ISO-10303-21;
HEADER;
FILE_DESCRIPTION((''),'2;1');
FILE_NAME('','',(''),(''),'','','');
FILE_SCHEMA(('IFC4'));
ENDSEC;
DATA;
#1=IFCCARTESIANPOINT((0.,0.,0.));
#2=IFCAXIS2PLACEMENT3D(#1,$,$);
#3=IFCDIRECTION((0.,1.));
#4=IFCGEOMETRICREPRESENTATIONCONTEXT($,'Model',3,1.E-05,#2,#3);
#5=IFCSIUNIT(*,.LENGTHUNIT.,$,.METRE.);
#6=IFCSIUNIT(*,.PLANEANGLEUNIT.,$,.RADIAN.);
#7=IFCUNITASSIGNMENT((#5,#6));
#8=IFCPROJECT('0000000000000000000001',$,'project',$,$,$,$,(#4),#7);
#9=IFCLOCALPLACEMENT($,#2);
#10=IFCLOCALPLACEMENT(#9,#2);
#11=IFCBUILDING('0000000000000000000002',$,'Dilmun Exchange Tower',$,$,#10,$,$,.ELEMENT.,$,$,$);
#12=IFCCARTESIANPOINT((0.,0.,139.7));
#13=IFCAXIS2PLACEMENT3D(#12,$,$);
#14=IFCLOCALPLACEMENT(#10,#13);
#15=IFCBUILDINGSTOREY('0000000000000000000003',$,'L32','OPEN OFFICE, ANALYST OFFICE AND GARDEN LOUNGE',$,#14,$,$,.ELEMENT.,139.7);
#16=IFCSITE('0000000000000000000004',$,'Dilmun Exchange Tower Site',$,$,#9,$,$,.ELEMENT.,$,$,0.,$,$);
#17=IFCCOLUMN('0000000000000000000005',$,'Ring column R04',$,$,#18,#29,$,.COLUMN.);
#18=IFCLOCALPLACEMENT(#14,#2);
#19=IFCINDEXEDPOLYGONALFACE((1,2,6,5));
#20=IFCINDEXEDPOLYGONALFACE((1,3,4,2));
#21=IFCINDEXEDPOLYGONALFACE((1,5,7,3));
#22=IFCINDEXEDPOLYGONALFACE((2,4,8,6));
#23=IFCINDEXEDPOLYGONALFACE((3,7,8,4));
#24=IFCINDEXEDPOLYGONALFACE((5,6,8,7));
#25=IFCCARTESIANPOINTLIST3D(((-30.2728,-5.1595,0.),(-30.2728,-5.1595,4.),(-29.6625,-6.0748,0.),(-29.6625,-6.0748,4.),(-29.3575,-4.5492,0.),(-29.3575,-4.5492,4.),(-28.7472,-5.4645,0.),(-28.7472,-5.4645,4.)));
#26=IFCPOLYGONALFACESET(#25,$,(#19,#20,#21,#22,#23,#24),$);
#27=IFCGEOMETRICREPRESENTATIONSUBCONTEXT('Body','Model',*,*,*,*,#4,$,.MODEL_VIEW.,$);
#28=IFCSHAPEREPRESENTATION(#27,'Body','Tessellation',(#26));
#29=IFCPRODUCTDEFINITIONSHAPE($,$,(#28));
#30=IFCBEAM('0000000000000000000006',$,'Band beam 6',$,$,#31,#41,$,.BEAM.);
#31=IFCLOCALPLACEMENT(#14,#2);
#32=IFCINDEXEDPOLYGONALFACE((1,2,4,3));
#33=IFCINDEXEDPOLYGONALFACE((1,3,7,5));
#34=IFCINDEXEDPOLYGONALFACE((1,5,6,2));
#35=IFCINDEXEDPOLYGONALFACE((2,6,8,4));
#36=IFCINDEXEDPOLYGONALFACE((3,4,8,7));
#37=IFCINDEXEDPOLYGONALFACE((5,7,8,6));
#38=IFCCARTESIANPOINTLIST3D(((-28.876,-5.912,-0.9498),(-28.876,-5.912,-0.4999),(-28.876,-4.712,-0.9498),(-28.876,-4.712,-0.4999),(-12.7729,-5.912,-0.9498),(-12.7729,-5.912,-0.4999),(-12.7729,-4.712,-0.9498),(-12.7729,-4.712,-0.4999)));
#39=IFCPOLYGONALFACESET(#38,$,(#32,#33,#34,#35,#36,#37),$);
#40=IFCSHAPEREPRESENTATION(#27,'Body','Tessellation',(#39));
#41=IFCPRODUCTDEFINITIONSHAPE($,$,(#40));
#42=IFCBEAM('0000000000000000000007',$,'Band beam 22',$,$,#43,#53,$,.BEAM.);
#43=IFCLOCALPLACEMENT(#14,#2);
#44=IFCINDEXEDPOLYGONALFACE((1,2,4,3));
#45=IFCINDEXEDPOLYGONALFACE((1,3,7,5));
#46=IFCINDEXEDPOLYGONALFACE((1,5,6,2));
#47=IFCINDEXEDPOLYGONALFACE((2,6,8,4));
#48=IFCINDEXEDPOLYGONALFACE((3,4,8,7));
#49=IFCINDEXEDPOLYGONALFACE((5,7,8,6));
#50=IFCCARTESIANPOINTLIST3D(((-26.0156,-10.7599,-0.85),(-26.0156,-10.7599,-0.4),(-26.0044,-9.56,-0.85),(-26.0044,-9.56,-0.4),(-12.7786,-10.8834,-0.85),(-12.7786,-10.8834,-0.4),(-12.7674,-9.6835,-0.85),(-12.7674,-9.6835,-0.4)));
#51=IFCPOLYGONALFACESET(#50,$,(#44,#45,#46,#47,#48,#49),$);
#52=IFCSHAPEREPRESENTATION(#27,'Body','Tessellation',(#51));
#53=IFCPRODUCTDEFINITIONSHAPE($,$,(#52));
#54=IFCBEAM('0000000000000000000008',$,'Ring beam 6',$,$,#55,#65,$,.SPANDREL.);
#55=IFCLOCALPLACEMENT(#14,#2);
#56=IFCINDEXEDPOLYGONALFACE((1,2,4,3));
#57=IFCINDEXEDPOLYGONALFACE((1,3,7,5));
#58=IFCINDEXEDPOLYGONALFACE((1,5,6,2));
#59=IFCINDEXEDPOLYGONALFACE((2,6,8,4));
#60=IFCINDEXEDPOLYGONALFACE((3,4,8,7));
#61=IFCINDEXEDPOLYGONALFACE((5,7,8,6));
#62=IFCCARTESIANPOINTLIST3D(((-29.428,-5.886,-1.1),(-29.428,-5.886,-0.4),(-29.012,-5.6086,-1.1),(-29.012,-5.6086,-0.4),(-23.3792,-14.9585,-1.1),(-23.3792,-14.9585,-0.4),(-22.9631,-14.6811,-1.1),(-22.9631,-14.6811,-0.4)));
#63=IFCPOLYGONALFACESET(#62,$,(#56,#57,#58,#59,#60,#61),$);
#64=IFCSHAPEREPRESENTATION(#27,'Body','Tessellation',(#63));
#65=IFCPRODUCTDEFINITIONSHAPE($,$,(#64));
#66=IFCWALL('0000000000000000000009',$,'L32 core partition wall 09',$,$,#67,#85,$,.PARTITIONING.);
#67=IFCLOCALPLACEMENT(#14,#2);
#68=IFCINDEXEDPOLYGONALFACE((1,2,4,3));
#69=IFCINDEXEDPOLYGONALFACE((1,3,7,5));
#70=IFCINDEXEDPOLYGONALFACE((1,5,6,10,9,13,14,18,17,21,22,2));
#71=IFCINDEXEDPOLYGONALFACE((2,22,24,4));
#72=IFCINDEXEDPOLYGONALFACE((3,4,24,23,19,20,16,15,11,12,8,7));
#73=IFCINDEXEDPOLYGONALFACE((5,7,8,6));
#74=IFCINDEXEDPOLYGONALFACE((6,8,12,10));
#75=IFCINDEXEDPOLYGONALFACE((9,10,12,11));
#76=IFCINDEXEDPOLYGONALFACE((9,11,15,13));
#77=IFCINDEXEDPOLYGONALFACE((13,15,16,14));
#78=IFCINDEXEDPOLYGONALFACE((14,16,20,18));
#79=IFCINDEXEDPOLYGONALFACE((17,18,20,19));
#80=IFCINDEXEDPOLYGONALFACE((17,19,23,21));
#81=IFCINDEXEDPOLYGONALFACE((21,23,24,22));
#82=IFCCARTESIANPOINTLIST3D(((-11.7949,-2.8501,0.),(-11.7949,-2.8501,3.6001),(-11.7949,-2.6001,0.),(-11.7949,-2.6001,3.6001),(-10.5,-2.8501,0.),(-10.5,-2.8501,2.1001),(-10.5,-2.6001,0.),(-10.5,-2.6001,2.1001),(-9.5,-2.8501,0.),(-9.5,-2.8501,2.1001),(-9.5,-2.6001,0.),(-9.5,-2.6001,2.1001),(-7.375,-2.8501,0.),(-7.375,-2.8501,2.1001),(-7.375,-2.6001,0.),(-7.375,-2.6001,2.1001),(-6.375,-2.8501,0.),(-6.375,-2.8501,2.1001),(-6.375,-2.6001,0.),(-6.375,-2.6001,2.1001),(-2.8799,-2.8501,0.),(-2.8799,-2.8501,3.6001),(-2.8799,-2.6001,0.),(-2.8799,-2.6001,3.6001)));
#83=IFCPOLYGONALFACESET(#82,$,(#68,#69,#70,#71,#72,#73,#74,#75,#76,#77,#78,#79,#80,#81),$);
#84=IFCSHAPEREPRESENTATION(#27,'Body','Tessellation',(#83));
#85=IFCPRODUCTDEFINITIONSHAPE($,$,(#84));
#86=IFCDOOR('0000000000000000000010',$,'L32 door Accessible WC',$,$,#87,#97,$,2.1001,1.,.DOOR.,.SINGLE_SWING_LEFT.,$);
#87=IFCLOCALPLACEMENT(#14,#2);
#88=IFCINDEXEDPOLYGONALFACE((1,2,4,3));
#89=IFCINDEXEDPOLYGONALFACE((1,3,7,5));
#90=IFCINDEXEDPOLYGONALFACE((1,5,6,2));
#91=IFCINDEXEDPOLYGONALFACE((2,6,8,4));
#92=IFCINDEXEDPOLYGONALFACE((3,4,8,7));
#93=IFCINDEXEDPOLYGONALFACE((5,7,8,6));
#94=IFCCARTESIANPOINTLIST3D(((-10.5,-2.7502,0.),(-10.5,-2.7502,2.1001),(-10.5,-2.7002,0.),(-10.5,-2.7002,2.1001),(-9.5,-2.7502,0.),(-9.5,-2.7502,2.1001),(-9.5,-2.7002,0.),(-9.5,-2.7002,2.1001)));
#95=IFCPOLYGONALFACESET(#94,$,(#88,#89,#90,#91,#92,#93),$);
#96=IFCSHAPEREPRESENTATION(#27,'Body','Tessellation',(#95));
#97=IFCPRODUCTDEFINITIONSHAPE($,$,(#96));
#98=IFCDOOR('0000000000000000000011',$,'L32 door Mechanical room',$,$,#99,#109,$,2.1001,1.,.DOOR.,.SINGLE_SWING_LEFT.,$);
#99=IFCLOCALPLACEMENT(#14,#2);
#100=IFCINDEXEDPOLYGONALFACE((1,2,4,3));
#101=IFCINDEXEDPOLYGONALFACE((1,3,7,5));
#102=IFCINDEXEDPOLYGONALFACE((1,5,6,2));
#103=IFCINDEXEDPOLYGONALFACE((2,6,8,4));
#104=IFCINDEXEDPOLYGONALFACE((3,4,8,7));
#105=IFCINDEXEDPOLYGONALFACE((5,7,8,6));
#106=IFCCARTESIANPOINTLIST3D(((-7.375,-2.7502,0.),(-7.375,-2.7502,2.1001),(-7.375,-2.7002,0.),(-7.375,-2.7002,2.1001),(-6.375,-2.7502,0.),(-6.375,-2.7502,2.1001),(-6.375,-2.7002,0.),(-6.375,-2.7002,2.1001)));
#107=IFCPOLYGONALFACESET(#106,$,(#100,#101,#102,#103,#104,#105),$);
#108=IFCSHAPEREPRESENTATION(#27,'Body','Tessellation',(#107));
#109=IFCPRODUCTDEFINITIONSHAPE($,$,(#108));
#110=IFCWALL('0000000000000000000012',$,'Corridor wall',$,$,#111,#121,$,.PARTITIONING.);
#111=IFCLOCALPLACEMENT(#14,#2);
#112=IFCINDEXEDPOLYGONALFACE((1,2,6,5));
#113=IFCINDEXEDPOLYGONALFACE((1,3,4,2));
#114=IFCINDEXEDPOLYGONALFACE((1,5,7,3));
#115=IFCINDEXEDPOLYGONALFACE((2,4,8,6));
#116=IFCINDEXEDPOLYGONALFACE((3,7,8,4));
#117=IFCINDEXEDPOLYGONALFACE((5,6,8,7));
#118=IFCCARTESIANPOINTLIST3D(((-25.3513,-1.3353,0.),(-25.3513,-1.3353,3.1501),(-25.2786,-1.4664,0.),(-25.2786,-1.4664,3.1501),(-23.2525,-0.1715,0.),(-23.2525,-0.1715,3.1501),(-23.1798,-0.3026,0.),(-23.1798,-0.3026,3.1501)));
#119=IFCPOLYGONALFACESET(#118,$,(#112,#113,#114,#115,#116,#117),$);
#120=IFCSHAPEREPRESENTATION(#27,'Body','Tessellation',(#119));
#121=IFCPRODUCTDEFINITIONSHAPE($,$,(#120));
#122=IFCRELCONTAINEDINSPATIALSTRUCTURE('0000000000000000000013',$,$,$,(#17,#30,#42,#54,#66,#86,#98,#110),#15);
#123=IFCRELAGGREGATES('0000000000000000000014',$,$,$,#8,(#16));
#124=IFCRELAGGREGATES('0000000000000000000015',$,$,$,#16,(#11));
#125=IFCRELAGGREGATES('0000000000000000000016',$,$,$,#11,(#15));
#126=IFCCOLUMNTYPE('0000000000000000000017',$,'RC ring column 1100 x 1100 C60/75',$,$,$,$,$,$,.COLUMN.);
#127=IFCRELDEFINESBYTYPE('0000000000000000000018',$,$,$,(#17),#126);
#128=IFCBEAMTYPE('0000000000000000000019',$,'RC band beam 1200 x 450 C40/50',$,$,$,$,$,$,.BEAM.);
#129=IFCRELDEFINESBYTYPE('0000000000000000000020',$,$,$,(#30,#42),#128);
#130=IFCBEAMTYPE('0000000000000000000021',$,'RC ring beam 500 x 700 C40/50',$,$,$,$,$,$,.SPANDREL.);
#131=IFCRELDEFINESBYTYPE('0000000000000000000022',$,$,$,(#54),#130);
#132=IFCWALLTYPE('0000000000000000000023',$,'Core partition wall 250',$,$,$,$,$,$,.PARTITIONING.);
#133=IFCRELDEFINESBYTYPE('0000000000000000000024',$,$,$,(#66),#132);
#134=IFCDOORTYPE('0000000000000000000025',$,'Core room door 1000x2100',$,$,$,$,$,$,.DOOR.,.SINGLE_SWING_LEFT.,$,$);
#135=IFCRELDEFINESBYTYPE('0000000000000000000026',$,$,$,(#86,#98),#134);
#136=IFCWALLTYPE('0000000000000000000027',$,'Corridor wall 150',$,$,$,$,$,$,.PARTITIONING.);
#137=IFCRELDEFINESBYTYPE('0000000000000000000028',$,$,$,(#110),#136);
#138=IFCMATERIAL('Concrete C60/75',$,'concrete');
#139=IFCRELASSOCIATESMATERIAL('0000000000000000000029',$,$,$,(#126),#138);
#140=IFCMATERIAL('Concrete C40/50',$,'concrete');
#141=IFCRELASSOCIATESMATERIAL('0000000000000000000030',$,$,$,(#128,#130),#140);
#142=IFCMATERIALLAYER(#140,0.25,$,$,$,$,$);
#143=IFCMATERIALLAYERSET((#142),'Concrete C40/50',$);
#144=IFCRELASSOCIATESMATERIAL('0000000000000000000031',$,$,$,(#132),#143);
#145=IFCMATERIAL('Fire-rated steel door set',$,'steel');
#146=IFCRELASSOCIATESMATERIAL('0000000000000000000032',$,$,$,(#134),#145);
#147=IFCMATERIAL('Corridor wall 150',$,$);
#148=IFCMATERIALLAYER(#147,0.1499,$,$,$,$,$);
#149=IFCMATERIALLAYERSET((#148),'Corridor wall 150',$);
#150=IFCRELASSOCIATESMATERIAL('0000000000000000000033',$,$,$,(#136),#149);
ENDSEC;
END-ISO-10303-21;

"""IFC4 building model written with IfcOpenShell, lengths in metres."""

from ifc_helpers import new_model, si_unit, direction, frame, frame_2d, origin, origin_2d, place, context, subcontext, project, spatial, rectangle, extrude, material, layer, layer_set, material_profile, profile_set, type_object, element, fill, save


model = new_model("IFC4")

# Units and contexts
model_context = context("Model", 3, precision=1e-05, world=origin(), true_north=direction((0.0, 1.0)))
body_context = subcontext(model_context, "Body", "Model", "MODEL_VIEW")
ifc_project = project(units=[si_unit("LENGTHUNIT", "METRE"), si_unit("PLANEANGLEUNIT", "RADIAN")], contexts=[model_context])

# Site, building, storey
site_placement = place(None, origin())
site = spatial("IfcSite", under=ifc_project, at=site_placement, Name="Dilmun Exchange Tower Site", CompositionType="ELEMENT", RefElevation=0.0)
building_placement = place(site_placement, origin())
building = spatial("IfcBuilding", under=site, at=building_placement, Name="Dilmun Exchange Tower", CompositionType="ELEMENT")
storey_placement = place(building_placement, frame((0.0, 0.0, 139.7)))
storey = spatial("IfcBuildingStorey", under=building, at=storey_placement, Name="L32", Description="OPEN OFFICE, ANALYST OFFICE AND GARDEN LOUNGE", CompositionType="ELEMENT", Elevation=139.7)

# Column
ifc_material_1 = material(Name="Concrete C60/75", Category="concrete")
ifc_material_profile_1 = material_profile(ifc_material_1, rectangle(XDim=1.1001, YDim=1.1001, at=origin_2d()), Name="1100 x 1100")
ifc_profile_set_1 = profile_set([ifc_material_profile_1], Name="Concrete C60/75")
column_type = type_object("IfcColumnType", Name="RC ring column 1100 x 1100 C60/75", PredefinedType="COLUMN", material=ifc_profile_set_1)
column_placement = place(storey_placement, frame((-29.51, -5.312, 0.0), z_axis=(0.0, 0.0, 1.0), x_axis=(0.832029, 0.554733, 0.0)))
element("IfcColumn", 1, at=column_placement, inside=storey, type_object=column_type, Name="Ring column R04", PredefinedType="COLUMN", context=body_context, shape_type="SweptSolid", body=[
    extrude(rectangle(XDim=1.1001, YDim=1.1001, at=origin_2d()), origin(), (0.0, 0.0, 1.0), 4.0),
])

# Beams
ifc_material_2 = material(Name="Concrete C40/50", Category="concrete")
ifc_material_profile_2 = material_profile(ifc_material_2, rectangle(XDim=1.2, YDim=0.45, at=origin_2d()), Name="1200 x 450")
ifc_profile_set_2 = profile_set([ifc_material_profile_2], Name="Concrete C40/50")
beam_type_1 = type_object("IfcBeamType", Name="RC band beam 1200 x 450 C40/50", PredefinedType="BEAM", material=ifc_profile_set_2)
beam_1_placement = place(storey_placement, frame((-28.876, -5.312, -0.7249), z_axis=(1.0, 0.0, 0.0), x_axis=(0.0, 1.0, 0.0)))
element("IfcBeam", 2, at=beam_1_placement, inside=storey, type_object=beam_type_1, Name="Band beam 6", PredefinedType="BEAM", context=body_context, shape_type="SweptSolid", body=[
    extrude(rectangle(XDim=1.2, YDim=0.45, at=origin_2d()), origin(), (0.0, 0.0, 1.0), 16.103),
])
beam_2_placement = place(storey_placement, frame((-26.01, -10.1599, -0.625), z_axis=(0.999956, -0.009332, 0.0), x_axis=(0.009332, 0.999956, 0.0)))
element("IfcBeam", 3, at=beam_2_placement, inside=storey, type_object=beam_type_1, Name="Band beam 22", PredefinedType="BEAM", context=body_context, shape_type="SweptSolid", body=[
    extrude(rectangle(XDim=1.2, YDim=0.45, at=origin_2d()), origin(), (0.0, 0.0, 1.0), 13.2375),
])
ifc_material_profile_3 = material_profile(ifc_material_2, rectangle(XDim=0.5, YDim=0.7, at=origin_2d()), Name="500 x 700")
ifc_profile_set_3 = profile_set([ifc_material_profile_3], Name="Concrete C40/50")
beam_type_2 = type_object("IfcBeamType", Name="RC ring beam 500 x 700 C40/50", PredefinedType="SPANDREL", material=ifc_profile_set_3)
beam_3_placement = place(storey_placement, frame((-29.22, -5.7473, -0.75), z_axis=(0.554731, -0.83203, 0.0), x_axis=(0.83203, 0.554731, 0.0)))
element("IfcBeam", 4, at=beam_3_placement, inside=storey, type_object=beam_type_2, Name="Ring beam 6", PredefinedType="SPANDREL", context=body_context, shape_type="SweptSolid", body=[
    extrude(rectangle(XDim=0.5, YDim=0.7, at=origin_2d()), origin(), (0.0, 0.0, 1.0), 10.9041),
])

# Wall, openings, doors
ifc_layer_1 = layer(ifc_material_2, 0.25)
ifc_layer_set_1 = layer_set([ifc_layer_1], Name="Concrete C40/50")
wall_type_1 = type_object("IfcWallType", Name="Core partition wall 250", PredefinedType="PARTITIONING", material=ifc_layer_set_1)
wall_1_placement = place(storey_placement, frame((-11.7949, -2.7251, 0.0), z_axis=(0.0, 0.0, 1.0), x_axis=(1.0, 0.0, 0.0)))
wall_1 = element("IfcWall", 5, at=wall_1_placement, inside=storey, type_object=wall_type_1, Name="L32 core partition wall 09", PredefinedType="PARTITIONING", context=body_context, shape_type="SweptSolid", body=[
    extrude(rectangle(XDim=8.915, YDim=0.25, at=frame_2d((4.4575, 0.0))), origin(), (0.0, 0.0, 1.0), 3.6001),
])
opening_1_placement = place(wall_1_placement, frame((1.2949, 0.0, 0.0)))
opening_1 = element("IfcOpeningElement", 6, at=opening_1_placement, cuts=wall_1, PredefinedType="OPENING", context=body_context, shape_type="SweptSolid", body=[
    extrude(rectangle(XDim=1.0, YDim=2.1001, at=frame_2d((0.5, 1.05))), frame((0.0, 0.135, 0.0), z_axis=(0.0, -1.0, 0.0), x_axis=(1.0, 0.0, 0.0)), (0.0, 0.0, 1.0), 0.27),
])
opening_2_placement = place(wall_1_placement, frame((4.4199, 0.0, 0.0)))
opening_2 = element("IfcOpeningElement", 7, at=opening_2_placement, cuts=wall_1, PredefinedType="OPENING", context=body_context, shape_type="SweptSolid", body=[
    extrude(rectangle(XDim=1.0, YDim=2.1001, at=frame_2d((0.5, 1.05))), frame((0.0, 0.135, 0.0), z_axis=(0.0, -1.0, 0.0), x_axis=(1.0, 0.0, 0.0)), (0.0, 0.0, 1.0), 0.27),
])
ifc_material_3 = material(Name="Fire-rated steel door set", Category="steel")
door_type_1 = type_object("IfcDoorType", Name="Core room door 1000x2100", OperationType="SINGLE_SWING_LEFT", PredefinedType="DOOR", material=ifc_material_3)
door_1_placement = place(opening_1_placement, origin())
door_1 = element("IfcDoor", 8, at=door_1_placement, inside=storey, type_object=door_type_1, Name="L32 door Accessible WC", OperationType="SINGLE_SWING_LEFT", OverallHeight=2.1001, OverallWidth=1.0, PredefinedType="DOOR", context=body_context, shape_type="SweptSolid", body=[
    extrude(rectangle(XDim=1.0, YDim=2.1001, at=frame_2d((0.5, 1.05))), frame((0.0, 0.0249, 0.0), z_axis=(0.0, -1.0, 0.0), x_axis=(1.0, 0.0, 0.0)), (0.0, 0.0, 1.0), 0.05),
])
fill(opening_1, door_1)
door_2_placement = place(opening_2_placement, origin())
door_2 = element("IfcDoor", 9, at=door_2_placement, inside=storey, type_object=door_type_1, Name="L32 door Mechanical room", OperationType="SINGLE_SWING_LEFT", OverallHeight=2.1001, OverallWidth=1.0, PredefinedType="DOOR", context=body_context, shape_type="SweptSolid", body=[
    extrude(rectangle(XDim=1.0, YDim=2.1001, at=frame_2d((0.5, 1.05))), frame((0.0, 0.0249, 0.0), z_axis=(0.0, -1.0, 0.0), x_axis=(1.0, 0.0, 0.0)), (0.0, 0.0, 1.0), 0.05),
])
fill(opening_2, door_2)

# Wall
ifc_material_4 = material(Name="Corridor wall 150")
ifc_layer_2 = layer(ifc_material_4, 0.1499)
ifc_layer_set_2 = layer_set([ifc_layer_2], Name="Corridor wall 150")
wall_type_2 = type_object("IfcWallType", Name="Corridor wall 150", PredefinedType="PARTITIONING", material=ifc_layer_set_2)
wall_2_placement = place(storey_placement, frame((-25.3149, -1.4009, 0.0), z_axis=(0.0, 0.0, 1.0), x_axis=(0.87455, 0.484935, 0.0)))
element("IfcWall", 10, at=wall_2_placement, inside=storey, type_object=wall_type_2, Name="Corridor wall", PredefinedType="PARTITIONING", context=body_context, shape_type="SweptSolid", body=[
    extrude(rectangle(XDim=2.3999, YDim=0.1499, at=frame_2d((1.2, 0.0))), origin(), (0.0, 0.0, 1.0), 3.1501),
])

save(model, "model.ifc")
